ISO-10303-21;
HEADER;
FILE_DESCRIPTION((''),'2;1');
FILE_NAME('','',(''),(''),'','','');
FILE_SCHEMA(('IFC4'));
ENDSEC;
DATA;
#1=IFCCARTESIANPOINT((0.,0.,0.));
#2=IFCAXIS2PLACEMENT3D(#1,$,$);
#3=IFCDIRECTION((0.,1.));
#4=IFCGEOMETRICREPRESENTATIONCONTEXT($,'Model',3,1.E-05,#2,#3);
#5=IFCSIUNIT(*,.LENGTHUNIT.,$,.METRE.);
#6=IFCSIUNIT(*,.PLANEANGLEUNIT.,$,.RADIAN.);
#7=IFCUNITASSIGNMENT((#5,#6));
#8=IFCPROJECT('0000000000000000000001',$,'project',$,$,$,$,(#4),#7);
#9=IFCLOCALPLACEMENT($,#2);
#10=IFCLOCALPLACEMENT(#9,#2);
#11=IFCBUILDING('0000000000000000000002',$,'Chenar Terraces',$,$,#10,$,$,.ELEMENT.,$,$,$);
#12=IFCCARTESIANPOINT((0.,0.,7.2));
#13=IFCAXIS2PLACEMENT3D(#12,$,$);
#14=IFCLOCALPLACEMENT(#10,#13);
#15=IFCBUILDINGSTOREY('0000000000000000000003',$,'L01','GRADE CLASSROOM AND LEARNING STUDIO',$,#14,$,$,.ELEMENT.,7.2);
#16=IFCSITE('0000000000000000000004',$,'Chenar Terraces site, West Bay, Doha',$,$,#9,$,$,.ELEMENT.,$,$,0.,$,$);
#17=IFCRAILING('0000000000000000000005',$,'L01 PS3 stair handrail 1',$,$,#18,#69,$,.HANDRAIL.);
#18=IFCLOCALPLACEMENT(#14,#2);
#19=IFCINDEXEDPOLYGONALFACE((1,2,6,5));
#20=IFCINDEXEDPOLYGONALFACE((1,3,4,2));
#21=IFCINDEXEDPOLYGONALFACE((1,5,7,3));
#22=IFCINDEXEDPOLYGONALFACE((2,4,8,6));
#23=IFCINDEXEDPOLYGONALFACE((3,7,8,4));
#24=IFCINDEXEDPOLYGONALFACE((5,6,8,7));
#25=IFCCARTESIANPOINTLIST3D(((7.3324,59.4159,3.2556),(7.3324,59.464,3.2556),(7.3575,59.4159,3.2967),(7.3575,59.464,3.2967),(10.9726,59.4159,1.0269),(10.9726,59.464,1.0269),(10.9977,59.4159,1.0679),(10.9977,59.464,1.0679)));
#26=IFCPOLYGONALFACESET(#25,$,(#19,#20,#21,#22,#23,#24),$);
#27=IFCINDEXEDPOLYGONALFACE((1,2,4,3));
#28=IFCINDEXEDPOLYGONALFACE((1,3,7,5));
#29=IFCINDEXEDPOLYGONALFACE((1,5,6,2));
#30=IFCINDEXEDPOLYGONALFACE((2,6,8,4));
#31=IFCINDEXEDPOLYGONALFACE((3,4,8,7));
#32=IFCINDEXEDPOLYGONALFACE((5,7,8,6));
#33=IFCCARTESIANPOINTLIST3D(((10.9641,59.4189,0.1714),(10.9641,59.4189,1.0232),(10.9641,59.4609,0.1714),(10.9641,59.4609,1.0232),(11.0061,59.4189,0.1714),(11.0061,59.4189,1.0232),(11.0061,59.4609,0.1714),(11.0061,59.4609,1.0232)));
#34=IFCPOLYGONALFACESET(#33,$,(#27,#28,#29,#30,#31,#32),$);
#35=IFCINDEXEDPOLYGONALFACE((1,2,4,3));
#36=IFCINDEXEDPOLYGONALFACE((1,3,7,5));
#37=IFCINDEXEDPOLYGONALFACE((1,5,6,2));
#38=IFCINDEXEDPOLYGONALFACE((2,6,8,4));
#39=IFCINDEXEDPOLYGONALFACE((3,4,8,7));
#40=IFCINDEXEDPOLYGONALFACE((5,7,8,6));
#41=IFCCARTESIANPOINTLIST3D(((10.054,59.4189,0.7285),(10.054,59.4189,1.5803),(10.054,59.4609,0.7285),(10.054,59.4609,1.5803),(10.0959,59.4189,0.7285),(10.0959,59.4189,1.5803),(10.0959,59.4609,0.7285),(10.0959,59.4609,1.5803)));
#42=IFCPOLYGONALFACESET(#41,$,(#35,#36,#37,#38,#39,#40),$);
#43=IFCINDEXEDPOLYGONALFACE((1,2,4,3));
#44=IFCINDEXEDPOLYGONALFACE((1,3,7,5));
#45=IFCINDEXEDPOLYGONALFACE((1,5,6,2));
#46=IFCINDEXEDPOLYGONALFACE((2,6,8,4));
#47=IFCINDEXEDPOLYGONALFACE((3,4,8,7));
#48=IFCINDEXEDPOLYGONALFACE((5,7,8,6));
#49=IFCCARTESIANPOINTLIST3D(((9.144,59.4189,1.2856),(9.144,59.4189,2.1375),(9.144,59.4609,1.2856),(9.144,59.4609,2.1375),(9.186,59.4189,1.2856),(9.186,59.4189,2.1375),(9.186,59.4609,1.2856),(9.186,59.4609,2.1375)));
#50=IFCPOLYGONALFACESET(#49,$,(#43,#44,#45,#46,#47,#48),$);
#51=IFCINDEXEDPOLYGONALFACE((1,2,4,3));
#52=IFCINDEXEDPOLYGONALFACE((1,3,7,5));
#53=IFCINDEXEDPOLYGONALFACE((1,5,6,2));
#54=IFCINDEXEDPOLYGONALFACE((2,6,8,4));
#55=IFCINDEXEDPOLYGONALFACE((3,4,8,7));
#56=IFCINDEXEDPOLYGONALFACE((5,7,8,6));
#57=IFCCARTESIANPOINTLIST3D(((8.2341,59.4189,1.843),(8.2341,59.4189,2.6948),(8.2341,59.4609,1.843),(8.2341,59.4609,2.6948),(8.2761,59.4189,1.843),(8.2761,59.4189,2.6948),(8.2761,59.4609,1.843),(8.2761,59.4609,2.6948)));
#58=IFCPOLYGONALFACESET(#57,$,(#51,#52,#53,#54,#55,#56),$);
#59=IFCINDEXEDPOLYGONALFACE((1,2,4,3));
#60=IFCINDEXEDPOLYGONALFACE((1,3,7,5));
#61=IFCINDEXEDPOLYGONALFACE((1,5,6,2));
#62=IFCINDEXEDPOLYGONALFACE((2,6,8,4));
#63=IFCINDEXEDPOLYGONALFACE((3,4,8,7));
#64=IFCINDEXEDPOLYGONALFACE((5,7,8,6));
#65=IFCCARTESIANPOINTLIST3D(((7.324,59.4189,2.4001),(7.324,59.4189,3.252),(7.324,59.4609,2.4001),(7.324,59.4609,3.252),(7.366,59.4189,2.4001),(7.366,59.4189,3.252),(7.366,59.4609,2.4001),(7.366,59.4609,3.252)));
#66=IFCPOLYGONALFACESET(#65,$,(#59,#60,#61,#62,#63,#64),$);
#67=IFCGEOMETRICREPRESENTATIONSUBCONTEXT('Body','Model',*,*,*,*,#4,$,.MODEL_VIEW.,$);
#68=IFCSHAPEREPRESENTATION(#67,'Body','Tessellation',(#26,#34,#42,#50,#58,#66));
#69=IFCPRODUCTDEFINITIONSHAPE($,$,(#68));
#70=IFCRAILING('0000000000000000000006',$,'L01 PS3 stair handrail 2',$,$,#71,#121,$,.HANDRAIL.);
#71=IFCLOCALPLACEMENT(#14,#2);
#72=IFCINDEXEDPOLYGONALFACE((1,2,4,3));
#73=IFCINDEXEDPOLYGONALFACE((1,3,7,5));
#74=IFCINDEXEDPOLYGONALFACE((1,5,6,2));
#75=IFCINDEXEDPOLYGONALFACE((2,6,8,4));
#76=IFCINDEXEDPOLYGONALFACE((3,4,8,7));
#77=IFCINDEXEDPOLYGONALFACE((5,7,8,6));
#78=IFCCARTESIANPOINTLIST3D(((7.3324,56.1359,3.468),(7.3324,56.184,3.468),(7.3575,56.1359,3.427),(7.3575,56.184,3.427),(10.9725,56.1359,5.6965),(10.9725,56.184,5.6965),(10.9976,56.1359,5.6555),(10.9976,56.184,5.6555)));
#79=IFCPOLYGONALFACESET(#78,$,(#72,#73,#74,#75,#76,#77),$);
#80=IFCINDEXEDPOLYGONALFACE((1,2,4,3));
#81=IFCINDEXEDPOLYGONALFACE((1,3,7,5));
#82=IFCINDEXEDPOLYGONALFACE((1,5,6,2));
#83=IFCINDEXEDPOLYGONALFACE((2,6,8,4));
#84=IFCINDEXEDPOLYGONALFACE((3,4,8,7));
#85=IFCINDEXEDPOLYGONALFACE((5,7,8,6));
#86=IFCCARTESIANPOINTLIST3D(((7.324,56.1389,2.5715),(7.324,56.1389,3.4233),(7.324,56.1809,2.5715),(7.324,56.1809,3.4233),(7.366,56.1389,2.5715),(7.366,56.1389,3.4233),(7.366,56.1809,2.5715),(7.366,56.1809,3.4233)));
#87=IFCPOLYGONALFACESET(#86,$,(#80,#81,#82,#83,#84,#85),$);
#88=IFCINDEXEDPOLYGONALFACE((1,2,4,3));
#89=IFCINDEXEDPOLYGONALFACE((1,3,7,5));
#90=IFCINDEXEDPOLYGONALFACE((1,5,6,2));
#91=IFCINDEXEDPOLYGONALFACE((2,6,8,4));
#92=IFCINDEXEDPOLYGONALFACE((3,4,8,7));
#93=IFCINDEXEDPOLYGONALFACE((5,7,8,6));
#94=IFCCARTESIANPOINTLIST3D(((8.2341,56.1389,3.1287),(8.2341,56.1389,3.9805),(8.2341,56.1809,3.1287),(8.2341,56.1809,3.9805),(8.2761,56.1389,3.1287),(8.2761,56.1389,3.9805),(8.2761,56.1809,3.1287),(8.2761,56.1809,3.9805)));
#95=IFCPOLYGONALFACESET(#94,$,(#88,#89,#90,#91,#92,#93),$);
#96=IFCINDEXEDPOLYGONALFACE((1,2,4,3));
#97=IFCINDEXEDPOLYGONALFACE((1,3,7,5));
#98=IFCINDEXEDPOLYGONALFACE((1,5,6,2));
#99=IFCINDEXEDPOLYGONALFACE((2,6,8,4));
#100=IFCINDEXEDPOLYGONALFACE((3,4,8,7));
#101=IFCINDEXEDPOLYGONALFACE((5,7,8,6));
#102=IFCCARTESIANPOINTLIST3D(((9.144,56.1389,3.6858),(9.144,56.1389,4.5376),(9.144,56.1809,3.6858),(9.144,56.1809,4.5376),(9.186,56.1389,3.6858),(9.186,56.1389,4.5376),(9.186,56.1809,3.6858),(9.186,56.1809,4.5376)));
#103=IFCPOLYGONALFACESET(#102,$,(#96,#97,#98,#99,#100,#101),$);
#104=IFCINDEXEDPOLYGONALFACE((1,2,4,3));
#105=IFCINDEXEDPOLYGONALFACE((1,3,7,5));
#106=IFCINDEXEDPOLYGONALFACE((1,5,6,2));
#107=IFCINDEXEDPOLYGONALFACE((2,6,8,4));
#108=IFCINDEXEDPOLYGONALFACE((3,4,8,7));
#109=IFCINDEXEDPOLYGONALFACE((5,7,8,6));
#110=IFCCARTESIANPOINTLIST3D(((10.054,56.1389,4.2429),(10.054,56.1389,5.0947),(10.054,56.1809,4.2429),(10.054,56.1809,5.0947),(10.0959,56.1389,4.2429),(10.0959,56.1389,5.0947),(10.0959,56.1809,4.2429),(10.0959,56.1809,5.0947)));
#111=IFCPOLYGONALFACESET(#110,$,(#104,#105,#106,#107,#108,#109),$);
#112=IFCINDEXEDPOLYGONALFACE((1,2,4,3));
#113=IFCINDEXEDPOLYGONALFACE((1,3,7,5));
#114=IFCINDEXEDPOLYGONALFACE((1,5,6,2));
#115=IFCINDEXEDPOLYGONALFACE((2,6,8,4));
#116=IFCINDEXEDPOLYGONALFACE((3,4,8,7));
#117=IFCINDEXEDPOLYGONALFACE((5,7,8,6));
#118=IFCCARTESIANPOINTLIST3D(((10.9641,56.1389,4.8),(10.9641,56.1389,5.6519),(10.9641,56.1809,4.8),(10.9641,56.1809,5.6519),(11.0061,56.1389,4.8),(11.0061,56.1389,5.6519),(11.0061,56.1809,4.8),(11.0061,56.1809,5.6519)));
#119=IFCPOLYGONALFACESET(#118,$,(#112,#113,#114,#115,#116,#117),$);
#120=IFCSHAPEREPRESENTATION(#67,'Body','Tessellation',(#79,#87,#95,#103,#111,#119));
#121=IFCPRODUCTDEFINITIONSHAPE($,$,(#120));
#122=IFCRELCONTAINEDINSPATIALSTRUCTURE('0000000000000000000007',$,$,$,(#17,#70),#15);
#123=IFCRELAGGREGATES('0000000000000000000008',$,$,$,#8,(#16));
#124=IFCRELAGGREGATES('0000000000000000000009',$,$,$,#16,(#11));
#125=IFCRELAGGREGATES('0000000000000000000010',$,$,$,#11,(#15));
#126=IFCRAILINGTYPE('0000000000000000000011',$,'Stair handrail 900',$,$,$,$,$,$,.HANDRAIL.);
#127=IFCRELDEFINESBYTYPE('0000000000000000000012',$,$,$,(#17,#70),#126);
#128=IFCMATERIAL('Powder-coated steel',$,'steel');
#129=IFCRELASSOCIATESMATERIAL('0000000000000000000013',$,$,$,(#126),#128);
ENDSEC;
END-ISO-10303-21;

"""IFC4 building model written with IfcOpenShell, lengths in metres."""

from ifc_helpers import new_model, si_unit, direction, frame, origin, origin_2d, place, context, subcontext, project, spatial, rectangle, extrude, material, type_object, element, save


model = new_model("IFC4")

# Units and contexts
model_context = context("Model", 3, precision=1e-05, world=origin(), true_north=direction((0.0, 1.0)))
body_context = subcontext(model_context, "Body", "Model", "MODEL_VIEW")
ifc_project = project(units=[si_unit("LENGTHUNIT", "METRE"), si_unit("PLANEANGLEUNIT", "RADIAN")], contexts=[model_context])

# Site, building, storey
site_placement = place(None, origin())
site = spatial("IfcSite", under=ifc_project, at=site_placement, Name="Chenar Terraces site, West Bay, Doha", CompositionType="ELEMENT", RefElevation=0.0)
building_placement = place(site_placement, origin())
building = spatial("IfcBuilding", under=site, at=building_placement, Name="Chenar Terraces", CompositionType="ELEMENT")
storey_placement = place(building_placement, frame((0.0, 0.0, 7.2)))
storey = spatial("IfcBuildingStorey", under=building, at=storey_placement, Name="L01", Description="GRADE CLASSROOM AND LEARNING STUDIO", CompositionType="ELEMENT", Elevation=7.2)

# Railings
ifc_material_1 = material(Name="Powder-coated steel", Category="steel")
railing_type_1 = type_object("IfcRailingType", Name="Stair handrail 900", PredefinedType="HANDRAIL", material=ifc_material_1)
railing_1_placement = place(storey_placement, frame((10.9851, 59.4399, 0.1714)))
element("IfcRailing", 1, at=railing_1_placement, inside=storey, type_object=railing_type_1, Name="L01 PS3 stair handrail 1", PredefinedType="HANDRAIL", context=body_context, shape_type="SweptSolid", body=[
    extrude(rectangle(XDim=0.0481, YDim=0.0481, at=origin_2d()), frame((0.0, 0.0, 0.876), z_axis=(-0.85284, 0.0, 0.522172), x_axis=(0.0, -1.0, 0.0)), (0.0, 0.0, 1.0), 4.2683),
    extrude(rectangle(XDim=0.042, YDim=0.042, at=origin_2d()), origin(), (0.0, 0.0, 1.0), 0.8518),
    extrude(rectangle(XDim=0.042, YDim=0.042, at=origin_2d()), frame((-0.9102, 0.0, 0.5571)), (0.0, 0.0, 1.0), 0.8518),
    extrude(rectangle(XDim=0.042, YDim=0.042, at=origin_2d()), frame((-1.8201, 0.0, 1.1143)), (0.0, 0.0, 1.0), 0.8518),
    extrude(rectangle(XDim=0.042, YDim=0.042, at=origin_2d()), frame((-2.73, 0.0, 1.6716)), (0.0, 0.0, 1.0), 0.8518),
    extrude(rectangle(XDim=0.042, YDim=0.042, at=origin_2d()), frame((-3.6401, 0.0, 2.2288)), (0.0, 0.0, 1.0), 0.8518),
])
railing_2_placement = place(storey_placement, frame((7.345, 56.1599, 2.5715)))
element("IfcRailing", 2, at=railing_2_placement, inside=storey, type_object=railing_type_1, Name="L01 PS3 stair handrail 2", PredefinedType="HANDRAIL", context=body_context, shape_type="SweptSolid", body=[
    extrude(rectangle(XDim=0.0481, YDim=0.0481, at=origin_2d()), frame((0.0, 0.0, 0.876), z_axis=(0.852866, 0.0, 0.52213), x_axis=(0.0, 1.0, 0.0)), (0.0, 0.0, 1.0), 4.2681),
    extrude(rectangle(XDim=0.042, YDim=0.042, at=origin_2d()), origin(), (0.0, 0.0, 1.0), 0.8518),
    extrude(rectangle(XDim=0.042, YDim=0.042, at=origin_2d()), frame((0.9102, 0.0, 0.5571)), (0.0, 0.0, 1.0), 0.8518),
    extrude(rectangle(XDim=0.042, YDim=0.042, at=origin_2d()), frame((1.8201, 0.0, 1.1143)), (0.0, 0.0, 1.0), 0.8518),
    extrude(rectangle(XDim=0.042, YDim=0.042, at=origin_2d()), frame((2.73, 0.0, 1.6714)), (0.0, 0.0, 1.0), 0.8518),
    extrude(rectangle(XDim=0.042, YDim=0.042, at=origin_2d()), frame((3.6401, 0.0, 2.2285)), (0.0, 0.0, 1.0), 0.8518),
])

save(model, "model.ifc")
